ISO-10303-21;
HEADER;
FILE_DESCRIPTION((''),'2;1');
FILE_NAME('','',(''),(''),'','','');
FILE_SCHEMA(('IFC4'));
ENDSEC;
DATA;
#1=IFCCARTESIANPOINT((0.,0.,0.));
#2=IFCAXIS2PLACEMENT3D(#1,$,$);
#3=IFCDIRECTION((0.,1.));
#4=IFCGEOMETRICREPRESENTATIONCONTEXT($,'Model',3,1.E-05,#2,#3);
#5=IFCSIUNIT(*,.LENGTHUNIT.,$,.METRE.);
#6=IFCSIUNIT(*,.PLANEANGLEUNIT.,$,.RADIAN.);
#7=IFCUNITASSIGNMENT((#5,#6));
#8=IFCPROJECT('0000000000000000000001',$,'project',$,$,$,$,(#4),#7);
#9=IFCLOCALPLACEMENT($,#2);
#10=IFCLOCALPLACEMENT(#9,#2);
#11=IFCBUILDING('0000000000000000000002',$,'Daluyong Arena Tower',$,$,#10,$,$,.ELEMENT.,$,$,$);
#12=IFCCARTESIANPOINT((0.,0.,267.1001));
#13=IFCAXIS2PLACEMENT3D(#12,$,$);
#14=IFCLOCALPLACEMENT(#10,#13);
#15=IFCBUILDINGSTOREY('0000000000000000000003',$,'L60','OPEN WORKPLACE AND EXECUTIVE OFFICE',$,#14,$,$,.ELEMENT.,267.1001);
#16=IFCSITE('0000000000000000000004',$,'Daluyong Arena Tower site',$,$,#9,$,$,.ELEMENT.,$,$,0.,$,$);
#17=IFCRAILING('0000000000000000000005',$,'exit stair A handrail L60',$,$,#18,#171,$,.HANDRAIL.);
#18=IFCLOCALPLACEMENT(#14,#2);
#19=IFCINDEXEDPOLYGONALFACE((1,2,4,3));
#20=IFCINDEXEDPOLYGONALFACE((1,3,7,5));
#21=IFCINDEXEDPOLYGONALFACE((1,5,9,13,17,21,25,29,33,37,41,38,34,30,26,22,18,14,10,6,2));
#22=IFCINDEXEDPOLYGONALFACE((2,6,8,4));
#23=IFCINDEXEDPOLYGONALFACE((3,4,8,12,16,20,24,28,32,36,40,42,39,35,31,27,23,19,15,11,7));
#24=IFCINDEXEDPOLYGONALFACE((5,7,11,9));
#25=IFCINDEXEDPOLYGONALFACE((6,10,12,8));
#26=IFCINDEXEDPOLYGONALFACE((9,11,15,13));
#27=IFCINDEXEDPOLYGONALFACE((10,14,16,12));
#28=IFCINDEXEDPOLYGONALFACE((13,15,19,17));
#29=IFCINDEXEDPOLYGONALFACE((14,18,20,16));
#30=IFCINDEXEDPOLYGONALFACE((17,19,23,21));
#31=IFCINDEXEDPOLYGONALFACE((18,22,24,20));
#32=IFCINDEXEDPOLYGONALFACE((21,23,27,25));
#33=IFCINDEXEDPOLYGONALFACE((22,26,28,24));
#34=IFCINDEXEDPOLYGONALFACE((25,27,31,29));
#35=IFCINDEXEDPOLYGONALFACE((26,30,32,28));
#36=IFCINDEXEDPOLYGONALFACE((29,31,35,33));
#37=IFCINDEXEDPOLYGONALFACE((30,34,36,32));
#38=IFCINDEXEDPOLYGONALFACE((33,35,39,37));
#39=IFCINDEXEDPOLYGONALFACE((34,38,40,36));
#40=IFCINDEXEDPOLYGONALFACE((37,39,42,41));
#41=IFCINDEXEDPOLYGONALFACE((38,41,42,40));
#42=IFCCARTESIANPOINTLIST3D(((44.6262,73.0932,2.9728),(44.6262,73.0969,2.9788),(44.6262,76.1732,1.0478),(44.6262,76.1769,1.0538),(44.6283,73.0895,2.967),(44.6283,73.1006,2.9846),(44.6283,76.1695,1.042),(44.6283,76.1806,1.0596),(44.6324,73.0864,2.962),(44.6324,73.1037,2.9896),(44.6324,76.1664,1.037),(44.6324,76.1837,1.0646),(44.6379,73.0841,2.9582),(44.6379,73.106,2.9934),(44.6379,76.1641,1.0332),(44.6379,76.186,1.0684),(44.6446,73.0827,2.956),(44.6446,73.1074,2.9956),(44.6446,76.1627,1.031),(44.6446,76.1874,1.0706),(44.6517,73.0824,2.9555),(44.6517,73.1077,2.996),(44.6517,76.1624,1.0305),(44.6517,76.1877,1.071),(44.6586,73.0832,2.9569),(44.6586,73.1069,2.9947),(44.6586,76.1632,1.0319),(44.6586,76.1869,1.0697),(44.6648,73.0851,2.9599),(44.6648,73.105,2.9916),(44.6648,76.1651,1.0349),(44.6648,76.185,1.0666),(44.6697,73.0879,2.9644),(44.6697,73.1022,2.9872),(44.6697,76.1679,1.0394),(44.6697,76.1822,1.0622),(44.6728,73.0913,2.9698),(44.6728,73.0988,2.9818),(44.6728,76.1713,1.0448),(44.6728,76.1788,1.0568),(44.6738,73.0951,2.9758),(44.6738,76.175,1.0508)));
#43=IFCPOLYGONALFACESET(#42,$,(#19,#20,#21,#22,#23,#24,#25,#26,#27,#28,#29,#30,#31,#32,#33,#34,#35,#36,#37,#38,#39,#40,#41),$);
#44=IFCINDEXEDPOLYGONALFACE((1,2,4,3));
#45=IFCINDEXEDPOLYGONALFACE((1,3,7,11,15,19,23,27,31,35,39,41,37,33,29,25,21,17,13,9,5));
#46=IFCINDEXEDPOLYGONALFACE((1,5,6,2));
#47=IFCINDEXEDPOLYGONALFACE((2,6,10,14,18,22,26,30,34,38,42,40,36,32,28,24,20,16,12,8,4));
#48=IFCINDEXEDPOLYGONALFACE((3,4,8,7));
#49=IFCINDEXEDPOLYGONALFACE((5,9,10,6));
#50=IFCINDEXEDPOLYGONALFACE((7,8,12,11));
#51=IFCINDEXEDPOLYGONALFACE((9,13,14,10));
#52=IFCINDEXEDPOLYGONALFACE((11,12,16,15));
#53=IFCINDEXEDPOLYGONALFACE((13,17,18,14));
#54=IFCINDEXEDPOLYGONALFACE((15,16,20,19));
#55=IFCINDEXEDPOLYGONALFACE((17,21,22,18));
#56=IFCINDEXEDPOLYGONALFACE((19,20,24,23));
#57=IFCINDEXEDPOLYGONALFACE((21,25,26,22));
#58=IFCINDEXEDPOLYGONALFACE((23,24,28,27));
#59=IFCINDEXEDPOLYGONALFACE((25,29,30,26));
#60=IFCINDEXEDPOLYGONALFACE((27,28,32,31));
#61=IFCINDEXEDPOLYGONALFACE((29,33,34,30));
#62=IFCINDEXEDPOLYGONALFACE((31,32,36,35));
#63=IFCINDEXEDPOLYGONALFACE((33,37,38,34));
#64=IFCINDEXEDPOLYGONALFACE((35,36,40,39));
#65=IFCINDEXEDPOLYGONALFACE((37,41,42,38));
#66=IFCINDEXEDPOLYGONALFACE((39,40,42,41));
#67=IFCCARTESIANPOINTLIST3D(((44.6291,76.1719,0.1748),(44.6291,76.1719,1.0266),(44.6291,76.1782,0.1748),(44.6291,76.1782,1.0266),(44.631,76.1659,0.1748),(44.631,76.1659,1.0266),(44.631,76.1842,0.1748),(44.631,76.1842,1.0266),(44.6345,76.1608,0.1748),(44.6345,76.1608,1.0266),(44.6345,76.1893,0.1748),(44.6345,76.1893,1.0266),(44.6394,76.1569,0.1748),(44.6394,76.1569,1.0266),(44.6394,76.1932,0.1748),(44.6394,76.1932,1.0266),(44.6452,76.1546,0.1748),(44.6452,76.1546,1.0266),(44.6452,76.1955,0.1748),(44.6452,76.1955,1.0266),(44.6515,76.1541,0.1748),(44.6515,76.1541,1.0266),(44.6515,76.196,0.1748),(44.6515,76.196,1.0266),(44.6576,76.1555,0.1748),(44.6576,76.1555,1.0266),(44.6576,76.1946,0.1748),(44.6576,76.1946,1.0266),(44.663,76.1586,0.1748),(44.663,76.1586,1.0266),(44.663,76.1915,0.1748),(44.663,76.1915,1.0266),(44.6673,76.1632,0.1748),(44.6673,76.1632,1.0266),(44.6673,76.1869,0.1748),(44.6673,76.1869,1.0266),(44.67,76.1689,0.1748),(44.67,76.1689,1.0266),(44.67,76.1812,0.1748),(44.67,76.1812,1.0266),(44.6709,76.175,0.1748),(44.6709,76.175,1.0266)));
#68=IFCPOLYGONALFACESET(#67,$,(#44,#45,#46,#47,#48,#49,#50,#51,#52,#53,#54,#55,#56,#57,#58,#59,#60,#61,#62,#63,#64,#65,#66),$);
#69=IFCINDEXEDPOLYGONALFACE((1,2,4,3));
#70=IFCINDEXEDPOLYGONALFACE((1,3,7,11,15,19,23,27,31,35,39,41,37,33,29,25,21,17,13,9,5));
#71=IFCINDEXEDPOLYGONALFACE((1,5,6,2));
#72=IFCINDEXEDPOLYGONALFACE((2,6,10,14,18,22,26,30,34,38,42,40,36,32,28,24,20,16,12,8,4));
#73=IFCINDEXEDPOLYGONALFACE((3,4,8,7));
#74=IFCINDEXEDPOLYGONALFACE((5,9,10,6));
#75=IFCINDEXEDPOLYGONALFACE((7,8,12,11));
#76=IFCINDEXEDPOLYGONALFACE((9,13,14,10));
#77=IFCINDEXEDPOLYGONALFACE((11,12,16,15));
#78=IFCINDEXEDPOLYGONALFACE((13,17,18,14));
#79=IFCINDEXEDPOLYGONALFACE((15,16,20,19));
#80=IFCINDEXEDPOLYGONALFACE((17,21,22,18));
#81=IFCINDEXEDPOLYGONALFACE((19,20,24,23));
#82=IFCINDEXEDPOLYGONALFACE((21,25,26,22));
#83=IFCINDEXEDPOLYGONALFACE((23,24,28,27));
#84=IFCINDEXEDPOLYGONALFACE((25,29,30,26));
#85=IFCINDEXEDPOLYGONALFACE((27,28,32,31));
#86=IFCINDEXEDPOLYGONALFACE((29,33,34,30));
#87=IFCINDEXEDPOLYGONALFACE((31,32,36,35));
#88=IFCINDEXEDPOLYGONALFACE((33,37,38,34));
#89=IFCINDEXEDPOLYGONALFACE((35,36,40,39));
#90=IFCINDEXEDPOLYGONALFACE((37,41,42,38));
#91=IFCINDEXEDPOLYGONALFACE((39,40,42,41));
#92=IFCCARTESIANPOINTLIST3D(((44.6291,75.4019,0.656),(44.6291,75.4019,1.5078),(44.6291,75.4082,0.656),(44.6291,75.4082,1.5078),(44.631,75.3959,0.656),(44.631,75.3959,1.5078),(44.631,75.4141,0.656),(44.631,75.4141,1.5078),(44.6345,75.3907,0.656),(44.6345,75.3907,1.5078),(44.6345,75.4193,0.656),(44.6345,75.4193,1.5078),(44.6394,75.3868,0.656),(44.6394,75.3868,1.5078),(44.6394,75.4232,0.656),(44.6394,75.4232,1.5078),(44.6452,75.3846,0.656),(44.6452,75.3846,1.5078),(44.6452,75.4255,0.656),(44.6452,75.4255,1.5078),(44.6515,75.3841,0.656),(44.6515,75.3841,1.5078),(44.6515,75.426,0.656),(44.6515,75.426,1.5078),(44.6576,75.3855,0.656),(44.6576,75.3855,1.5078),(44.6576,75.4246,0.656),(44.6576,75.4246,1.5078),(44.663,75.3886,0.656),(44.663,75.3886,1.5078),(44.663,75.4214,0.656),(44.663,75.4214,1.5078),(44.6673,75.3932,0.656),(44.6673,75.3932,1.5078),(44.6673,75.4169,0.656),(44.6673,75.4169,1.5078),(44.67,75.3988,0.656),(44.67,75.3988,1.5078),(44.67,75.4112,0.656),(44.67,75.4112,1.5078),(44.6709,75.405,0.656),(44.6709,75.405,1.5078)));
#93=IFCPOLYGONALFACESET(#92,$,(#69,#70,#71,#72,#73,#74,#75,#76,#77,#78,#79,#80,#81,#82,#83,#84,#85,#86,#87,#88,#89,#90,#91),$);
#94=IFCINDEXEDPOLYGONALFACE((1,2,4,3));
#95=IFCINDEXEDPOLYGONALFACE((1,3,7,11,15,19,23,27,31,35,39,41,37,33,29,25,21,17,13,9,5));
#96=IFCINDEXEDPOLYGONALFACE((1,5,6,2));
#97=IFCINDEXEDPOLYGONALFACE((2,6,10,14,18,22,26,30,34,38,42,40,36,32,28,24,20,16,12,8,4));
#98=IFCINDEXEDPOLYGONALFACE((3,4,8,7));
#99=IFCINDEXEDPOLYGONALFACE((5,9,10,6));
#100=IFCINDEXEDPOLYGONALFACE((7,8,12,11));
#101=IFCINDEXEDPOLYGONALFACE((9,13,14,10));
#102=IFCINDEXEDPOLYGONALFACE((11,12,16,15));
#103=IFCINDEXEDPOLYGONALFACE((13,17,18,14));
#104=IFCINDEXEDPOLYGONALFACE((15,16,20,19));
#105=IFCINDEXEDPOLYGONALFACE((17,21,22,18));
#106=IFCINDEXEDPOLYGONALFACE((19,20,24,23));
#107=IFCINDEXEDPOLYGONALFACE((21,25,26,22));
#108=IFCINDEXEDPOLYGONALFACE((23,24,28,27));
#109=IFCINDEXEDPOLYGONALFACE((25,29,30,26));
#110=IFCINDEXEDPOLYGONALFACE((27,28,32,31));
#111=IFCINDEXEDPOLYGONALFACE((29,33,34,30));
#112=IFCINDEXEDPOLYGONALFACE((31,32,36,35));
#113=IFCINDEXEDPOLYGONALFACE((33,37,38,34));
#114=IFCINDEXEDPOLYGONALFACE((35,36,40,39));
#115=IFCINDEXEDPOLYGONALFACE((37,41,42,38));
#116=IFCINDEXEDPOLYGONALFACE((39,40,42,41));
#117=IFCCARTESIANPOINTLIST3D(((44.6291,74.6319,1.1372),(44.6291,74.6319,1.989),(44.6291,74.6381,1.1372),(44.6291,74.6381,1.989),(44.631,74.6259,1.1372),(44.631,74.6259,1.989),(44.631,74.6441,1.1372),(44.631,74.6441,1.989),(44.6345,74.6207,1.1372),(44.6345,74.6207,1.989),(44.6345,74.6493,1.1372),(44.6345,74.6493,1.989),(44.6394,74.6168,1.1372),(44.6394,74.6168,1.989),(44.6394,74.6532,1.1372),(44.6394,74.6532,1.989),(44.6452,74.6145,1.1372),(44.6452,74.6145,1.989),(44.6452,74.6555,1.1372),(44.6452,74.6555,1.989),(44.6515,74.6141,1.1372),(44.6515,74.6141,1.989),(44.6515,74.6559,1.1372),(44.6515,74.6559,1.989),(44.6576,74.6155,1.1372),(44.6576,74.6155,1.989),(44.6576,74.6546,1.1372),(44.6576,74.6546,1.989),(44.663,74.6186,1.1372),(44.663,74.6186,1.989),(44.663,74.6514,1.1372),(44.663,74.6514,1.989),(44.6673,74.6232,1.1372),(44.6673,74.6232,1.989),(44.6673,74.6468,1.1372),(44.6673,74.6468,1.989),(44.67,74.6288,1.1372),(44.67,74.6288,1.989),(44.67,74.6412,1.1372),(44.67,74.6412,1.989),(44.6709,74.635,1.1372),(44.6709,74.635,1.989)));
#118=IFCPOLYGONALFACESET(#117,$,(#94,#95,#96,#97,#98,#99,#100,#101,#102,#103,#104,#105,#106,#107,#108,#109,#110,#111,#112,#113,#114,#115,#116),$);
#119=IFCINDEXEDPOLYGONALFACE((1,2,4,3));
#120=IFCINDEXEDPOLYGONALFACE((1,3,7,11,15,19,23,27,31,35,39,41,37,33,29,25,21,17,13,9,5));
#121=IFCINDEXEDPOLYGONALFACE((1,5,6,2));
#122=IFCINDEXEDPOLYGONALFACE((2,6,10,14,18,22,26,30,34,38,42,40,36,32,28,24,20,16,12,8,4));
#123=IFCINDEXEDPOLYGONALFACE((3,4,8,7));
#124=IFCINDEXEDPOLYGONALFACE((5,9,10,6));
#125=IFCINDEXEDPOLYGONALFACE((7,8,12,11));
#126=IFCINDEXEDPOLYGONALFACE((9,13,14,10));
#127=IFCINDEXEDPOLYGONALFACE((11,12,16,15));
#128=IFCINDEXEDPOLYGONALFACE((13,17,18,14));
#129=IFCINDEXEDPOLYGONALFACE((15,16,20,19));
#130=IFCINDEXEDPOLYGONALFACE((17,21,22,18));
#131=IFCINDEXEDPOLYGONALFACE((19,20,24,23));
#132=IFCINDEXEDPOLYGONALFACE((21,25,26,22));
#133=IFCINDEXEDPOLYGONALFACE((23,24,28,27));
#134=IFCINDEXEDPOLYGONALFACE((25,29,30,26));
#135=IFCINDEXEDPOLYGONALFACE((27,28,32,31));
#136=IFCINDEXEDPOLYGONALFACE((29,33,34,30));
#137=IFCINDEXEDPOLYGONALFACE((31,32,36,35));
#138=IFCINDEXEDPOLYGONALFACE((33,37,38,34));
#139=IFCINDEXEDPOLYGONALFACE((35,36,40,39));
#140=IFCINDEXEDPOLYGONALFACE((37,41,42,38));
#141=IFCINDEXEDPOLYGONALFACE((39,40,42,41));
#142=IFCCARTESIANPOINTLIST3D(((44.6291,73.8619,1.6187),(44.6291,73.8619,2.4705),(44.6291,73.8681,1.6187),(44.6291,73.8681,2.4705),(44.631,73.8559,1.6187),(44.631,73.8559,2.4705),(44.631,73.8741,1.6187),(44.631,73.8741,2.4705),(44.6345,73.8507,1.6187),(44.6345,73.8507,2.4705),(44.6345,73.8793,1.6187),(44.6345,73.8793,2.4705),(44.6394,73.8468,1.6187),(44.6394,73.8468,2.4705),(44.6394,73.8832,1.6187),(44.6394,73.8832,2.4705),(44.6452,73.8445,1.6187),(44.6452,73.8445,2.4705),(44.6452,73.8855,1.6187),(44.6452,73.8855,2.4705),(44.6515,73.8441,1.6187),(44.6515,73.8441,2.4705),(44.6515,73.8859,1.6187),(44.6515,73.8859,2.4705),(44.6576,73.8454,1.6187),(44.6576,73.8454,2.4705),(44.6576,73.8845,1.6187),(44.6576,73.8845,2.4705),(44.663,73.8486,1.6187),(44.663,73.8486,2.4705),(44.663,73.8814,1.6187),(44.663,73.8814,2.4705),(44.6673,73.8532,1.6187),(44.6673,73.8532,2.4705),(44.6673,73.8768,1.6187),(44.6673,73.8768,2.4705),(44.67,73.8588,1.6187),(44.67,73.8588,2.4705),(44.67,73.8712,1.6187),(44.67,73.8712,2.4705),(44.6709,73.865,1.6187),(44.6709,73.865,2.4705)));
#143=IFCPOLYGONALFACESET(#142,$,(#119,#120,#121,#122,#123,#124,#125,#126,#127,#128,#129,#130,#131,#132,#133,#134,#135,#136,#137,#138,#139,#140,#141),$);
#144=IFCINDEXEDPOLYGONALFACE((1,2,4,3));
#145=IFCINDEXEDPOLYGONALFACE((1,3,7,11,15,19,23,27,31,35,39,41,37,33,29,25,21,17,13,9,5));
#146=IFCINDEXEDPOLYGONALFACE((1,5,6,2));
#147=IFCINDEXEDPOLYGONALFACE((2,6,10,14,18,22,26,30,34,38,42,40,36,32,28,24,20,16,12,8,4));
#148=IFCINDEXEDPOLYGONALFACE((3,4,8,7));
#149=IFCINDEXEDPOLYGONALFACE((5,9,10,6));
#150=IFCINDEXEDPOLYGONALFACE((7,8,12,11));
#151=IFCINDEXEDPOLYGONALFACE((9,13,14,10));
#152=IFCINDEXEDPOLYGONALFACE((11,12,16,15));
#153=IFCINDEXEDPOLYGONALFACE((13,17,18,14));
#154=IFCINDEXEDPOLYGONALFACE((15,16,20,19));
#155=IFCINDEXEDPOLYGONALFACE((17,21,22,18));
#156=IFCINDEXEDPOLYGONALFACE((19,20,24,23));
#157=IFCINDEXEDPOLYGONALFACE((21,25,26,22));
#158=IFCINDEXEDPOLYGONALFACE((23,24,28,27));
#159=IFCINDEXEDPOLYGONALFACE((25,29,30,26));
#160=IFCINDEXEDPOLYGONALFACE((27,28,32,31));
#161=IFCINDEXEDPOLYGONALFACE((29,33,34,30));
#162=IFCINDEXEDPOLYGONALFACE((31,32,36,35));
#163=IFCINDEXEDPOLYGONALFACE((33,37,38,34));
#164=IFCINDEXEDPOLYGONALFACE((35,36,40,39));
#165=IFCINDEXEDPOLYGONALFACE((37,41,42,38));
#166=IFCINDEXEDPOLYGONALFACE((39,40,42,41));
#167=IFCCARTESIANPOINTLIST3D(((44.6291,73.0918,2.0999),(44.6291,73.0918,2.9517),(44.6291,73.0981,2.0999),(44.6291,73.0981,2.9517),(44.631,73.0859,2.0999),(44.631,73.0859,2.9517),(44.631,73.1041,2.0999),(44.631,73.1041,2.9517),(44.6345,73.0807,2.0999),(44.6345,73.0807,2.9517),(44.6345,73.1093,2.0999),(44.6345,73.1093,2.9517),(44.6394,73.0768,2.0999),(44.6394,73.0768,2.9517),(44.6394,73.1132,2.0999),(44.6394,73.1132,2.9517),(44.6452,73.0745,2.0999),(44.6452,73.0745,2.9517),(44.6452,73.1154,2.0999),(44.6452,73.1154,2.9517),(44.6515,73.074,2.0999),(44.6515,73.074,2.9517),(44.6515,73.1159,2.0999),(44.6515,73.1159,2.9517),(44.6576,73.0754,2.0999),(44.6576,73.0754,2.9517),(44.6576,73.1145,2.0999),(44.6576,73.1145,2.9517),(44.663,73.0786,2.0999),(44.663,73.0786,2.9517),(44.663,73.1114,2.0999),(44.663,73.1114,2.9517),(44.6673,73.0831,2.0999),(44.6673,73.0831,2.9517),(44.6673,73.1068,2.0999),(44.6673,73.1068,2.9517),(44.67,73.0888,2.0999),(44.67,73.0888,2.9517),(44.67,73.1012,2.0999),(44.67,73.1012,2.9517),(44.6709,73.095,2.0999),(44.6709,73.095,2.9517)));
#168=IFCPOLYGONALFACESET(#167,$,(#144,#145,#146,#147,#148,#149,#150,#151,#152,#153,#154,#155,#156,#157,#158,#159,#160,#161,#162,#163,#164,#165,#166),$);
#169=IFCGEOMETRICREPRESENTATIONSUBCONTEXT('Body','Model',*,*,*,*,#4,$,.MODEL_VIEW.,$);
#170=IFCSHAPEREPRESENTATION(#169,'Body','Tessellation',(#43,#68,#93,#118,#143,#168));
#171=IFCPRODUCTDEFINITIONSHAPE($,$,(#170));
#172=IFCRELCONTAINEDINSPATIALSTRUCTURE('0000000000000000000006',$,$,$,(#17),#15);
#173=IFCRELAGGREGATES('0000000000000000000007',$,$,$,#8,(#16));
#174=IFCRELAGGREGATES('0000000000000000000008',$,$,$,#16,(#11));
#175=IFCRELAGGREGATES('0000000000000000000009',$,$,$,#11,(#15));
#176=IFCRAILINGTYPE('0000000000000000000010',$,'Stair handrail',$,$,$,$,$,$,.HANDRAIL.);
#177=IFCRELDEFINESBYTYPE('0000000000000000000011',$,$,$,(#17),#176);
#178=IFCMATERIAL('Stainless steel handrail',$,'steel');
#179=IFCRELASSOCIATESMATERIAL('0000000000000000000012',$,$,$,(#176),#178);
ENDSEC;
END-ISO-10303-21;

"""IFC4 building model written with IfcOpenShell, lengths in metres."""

from ifc_helpers import new_model, si_unit, direction, frame, origin, origin_2d, place, context, subcontext, project, spatial, circle, extrude, material, type_object, element, save


model = new_model("IFC4")

# Units and contexts
model_context = context("Model", 3, precision=1e-05, world=origin(), true_north=direction((0.0, 1.0)))
body_context = subcontext(model_context, "Body", "Model", "MODEL_VIEW")
ifc_project = project(units=[si_unit("LENGTHUNIT", "METRE"), si_unit("PLANEANGLEUNIT", "RADIAN")], contexts=[model_context])

# Site, building, storey
site_placement = place(None, origin())
site = spatial("IfcSite", under=ifc_project, at=site_placement, Name="Daluyong Arena Tower site", CompositionType="ELEMENT", RefElevation=0.0)
building_placement = place(site_placement, origin())
building = spatial("IfcBuilding", under=site, at=building_placement, Name="Daluyong Arena Tower", CompositionType="ELEMENT")
storey_placement = place(building_placement, frame((0.0, 0.0, 267.1001)))
storey = spatial("IfcBuildingStorey", under=building, at=storey_placement, Name="L60", Description="OPEN WORKPLACE AND EXECUTIVE OFFICE", CompositionType="ELEMENT", Elevation=267.1001)

# Railing
ifc_material_1 = material(Name="Stainless steel handrail", Category="steel")
railing_type_1 = type_object("IfcRailingType", Name="Stair handrail", PredefinedType="HANDRAIL", material=ifc_material_1)
railing_1_placement = place(storey_placement, frame((44.6499, 76.175, 0.1748)))
element("IfcRailing", 1, at=railing_1_placement, inside=storey, type_object=railing_type_1, Name="exit stair A handrail L60", PredefinedType="HANDRAIL", context=body_context, shape_type="SweptSolid", body=[
    extrude(circle(Radius=0.0239, at=origin_2d()), frame((0.0, 0.0, 0.876), z_axis=(0.0, -0.847998, 0.529999), x_axis=(1.0, 0.0, 0.0)), (0.0, 0.0, 1.0), 3.6321),
    extrude(circle(Radius=0.021, at=origin_2d()), origin(), (0.0, 0.0, 1.0), 0.8518),
    extrude(circle(Radius=0.021, at=origin_2d()), frame((0.0, -0.77, 0.4812)), (0.0, 0.0, 1.0), 0.8518),
    extrude(circle(Radius=0.021, at=origin_2d()), frame((0.0, -1.54, 0.9624)), (0.0, 0.0, 1.0), 0.8518),
    extrude(circle(Radius=0.021, at=origin_2d()), frame((0.0, -2.3101, 1.4438)), (0.0, 0.0, 1.0), 0.8518),
    extrude(circle(Radius=0.021, at=origin_2d()), frame((0.0, -3.0801, 1.925)), (0.0, 0.0, 1.0), 0.8518),
])

save(model, "model.ifc")
